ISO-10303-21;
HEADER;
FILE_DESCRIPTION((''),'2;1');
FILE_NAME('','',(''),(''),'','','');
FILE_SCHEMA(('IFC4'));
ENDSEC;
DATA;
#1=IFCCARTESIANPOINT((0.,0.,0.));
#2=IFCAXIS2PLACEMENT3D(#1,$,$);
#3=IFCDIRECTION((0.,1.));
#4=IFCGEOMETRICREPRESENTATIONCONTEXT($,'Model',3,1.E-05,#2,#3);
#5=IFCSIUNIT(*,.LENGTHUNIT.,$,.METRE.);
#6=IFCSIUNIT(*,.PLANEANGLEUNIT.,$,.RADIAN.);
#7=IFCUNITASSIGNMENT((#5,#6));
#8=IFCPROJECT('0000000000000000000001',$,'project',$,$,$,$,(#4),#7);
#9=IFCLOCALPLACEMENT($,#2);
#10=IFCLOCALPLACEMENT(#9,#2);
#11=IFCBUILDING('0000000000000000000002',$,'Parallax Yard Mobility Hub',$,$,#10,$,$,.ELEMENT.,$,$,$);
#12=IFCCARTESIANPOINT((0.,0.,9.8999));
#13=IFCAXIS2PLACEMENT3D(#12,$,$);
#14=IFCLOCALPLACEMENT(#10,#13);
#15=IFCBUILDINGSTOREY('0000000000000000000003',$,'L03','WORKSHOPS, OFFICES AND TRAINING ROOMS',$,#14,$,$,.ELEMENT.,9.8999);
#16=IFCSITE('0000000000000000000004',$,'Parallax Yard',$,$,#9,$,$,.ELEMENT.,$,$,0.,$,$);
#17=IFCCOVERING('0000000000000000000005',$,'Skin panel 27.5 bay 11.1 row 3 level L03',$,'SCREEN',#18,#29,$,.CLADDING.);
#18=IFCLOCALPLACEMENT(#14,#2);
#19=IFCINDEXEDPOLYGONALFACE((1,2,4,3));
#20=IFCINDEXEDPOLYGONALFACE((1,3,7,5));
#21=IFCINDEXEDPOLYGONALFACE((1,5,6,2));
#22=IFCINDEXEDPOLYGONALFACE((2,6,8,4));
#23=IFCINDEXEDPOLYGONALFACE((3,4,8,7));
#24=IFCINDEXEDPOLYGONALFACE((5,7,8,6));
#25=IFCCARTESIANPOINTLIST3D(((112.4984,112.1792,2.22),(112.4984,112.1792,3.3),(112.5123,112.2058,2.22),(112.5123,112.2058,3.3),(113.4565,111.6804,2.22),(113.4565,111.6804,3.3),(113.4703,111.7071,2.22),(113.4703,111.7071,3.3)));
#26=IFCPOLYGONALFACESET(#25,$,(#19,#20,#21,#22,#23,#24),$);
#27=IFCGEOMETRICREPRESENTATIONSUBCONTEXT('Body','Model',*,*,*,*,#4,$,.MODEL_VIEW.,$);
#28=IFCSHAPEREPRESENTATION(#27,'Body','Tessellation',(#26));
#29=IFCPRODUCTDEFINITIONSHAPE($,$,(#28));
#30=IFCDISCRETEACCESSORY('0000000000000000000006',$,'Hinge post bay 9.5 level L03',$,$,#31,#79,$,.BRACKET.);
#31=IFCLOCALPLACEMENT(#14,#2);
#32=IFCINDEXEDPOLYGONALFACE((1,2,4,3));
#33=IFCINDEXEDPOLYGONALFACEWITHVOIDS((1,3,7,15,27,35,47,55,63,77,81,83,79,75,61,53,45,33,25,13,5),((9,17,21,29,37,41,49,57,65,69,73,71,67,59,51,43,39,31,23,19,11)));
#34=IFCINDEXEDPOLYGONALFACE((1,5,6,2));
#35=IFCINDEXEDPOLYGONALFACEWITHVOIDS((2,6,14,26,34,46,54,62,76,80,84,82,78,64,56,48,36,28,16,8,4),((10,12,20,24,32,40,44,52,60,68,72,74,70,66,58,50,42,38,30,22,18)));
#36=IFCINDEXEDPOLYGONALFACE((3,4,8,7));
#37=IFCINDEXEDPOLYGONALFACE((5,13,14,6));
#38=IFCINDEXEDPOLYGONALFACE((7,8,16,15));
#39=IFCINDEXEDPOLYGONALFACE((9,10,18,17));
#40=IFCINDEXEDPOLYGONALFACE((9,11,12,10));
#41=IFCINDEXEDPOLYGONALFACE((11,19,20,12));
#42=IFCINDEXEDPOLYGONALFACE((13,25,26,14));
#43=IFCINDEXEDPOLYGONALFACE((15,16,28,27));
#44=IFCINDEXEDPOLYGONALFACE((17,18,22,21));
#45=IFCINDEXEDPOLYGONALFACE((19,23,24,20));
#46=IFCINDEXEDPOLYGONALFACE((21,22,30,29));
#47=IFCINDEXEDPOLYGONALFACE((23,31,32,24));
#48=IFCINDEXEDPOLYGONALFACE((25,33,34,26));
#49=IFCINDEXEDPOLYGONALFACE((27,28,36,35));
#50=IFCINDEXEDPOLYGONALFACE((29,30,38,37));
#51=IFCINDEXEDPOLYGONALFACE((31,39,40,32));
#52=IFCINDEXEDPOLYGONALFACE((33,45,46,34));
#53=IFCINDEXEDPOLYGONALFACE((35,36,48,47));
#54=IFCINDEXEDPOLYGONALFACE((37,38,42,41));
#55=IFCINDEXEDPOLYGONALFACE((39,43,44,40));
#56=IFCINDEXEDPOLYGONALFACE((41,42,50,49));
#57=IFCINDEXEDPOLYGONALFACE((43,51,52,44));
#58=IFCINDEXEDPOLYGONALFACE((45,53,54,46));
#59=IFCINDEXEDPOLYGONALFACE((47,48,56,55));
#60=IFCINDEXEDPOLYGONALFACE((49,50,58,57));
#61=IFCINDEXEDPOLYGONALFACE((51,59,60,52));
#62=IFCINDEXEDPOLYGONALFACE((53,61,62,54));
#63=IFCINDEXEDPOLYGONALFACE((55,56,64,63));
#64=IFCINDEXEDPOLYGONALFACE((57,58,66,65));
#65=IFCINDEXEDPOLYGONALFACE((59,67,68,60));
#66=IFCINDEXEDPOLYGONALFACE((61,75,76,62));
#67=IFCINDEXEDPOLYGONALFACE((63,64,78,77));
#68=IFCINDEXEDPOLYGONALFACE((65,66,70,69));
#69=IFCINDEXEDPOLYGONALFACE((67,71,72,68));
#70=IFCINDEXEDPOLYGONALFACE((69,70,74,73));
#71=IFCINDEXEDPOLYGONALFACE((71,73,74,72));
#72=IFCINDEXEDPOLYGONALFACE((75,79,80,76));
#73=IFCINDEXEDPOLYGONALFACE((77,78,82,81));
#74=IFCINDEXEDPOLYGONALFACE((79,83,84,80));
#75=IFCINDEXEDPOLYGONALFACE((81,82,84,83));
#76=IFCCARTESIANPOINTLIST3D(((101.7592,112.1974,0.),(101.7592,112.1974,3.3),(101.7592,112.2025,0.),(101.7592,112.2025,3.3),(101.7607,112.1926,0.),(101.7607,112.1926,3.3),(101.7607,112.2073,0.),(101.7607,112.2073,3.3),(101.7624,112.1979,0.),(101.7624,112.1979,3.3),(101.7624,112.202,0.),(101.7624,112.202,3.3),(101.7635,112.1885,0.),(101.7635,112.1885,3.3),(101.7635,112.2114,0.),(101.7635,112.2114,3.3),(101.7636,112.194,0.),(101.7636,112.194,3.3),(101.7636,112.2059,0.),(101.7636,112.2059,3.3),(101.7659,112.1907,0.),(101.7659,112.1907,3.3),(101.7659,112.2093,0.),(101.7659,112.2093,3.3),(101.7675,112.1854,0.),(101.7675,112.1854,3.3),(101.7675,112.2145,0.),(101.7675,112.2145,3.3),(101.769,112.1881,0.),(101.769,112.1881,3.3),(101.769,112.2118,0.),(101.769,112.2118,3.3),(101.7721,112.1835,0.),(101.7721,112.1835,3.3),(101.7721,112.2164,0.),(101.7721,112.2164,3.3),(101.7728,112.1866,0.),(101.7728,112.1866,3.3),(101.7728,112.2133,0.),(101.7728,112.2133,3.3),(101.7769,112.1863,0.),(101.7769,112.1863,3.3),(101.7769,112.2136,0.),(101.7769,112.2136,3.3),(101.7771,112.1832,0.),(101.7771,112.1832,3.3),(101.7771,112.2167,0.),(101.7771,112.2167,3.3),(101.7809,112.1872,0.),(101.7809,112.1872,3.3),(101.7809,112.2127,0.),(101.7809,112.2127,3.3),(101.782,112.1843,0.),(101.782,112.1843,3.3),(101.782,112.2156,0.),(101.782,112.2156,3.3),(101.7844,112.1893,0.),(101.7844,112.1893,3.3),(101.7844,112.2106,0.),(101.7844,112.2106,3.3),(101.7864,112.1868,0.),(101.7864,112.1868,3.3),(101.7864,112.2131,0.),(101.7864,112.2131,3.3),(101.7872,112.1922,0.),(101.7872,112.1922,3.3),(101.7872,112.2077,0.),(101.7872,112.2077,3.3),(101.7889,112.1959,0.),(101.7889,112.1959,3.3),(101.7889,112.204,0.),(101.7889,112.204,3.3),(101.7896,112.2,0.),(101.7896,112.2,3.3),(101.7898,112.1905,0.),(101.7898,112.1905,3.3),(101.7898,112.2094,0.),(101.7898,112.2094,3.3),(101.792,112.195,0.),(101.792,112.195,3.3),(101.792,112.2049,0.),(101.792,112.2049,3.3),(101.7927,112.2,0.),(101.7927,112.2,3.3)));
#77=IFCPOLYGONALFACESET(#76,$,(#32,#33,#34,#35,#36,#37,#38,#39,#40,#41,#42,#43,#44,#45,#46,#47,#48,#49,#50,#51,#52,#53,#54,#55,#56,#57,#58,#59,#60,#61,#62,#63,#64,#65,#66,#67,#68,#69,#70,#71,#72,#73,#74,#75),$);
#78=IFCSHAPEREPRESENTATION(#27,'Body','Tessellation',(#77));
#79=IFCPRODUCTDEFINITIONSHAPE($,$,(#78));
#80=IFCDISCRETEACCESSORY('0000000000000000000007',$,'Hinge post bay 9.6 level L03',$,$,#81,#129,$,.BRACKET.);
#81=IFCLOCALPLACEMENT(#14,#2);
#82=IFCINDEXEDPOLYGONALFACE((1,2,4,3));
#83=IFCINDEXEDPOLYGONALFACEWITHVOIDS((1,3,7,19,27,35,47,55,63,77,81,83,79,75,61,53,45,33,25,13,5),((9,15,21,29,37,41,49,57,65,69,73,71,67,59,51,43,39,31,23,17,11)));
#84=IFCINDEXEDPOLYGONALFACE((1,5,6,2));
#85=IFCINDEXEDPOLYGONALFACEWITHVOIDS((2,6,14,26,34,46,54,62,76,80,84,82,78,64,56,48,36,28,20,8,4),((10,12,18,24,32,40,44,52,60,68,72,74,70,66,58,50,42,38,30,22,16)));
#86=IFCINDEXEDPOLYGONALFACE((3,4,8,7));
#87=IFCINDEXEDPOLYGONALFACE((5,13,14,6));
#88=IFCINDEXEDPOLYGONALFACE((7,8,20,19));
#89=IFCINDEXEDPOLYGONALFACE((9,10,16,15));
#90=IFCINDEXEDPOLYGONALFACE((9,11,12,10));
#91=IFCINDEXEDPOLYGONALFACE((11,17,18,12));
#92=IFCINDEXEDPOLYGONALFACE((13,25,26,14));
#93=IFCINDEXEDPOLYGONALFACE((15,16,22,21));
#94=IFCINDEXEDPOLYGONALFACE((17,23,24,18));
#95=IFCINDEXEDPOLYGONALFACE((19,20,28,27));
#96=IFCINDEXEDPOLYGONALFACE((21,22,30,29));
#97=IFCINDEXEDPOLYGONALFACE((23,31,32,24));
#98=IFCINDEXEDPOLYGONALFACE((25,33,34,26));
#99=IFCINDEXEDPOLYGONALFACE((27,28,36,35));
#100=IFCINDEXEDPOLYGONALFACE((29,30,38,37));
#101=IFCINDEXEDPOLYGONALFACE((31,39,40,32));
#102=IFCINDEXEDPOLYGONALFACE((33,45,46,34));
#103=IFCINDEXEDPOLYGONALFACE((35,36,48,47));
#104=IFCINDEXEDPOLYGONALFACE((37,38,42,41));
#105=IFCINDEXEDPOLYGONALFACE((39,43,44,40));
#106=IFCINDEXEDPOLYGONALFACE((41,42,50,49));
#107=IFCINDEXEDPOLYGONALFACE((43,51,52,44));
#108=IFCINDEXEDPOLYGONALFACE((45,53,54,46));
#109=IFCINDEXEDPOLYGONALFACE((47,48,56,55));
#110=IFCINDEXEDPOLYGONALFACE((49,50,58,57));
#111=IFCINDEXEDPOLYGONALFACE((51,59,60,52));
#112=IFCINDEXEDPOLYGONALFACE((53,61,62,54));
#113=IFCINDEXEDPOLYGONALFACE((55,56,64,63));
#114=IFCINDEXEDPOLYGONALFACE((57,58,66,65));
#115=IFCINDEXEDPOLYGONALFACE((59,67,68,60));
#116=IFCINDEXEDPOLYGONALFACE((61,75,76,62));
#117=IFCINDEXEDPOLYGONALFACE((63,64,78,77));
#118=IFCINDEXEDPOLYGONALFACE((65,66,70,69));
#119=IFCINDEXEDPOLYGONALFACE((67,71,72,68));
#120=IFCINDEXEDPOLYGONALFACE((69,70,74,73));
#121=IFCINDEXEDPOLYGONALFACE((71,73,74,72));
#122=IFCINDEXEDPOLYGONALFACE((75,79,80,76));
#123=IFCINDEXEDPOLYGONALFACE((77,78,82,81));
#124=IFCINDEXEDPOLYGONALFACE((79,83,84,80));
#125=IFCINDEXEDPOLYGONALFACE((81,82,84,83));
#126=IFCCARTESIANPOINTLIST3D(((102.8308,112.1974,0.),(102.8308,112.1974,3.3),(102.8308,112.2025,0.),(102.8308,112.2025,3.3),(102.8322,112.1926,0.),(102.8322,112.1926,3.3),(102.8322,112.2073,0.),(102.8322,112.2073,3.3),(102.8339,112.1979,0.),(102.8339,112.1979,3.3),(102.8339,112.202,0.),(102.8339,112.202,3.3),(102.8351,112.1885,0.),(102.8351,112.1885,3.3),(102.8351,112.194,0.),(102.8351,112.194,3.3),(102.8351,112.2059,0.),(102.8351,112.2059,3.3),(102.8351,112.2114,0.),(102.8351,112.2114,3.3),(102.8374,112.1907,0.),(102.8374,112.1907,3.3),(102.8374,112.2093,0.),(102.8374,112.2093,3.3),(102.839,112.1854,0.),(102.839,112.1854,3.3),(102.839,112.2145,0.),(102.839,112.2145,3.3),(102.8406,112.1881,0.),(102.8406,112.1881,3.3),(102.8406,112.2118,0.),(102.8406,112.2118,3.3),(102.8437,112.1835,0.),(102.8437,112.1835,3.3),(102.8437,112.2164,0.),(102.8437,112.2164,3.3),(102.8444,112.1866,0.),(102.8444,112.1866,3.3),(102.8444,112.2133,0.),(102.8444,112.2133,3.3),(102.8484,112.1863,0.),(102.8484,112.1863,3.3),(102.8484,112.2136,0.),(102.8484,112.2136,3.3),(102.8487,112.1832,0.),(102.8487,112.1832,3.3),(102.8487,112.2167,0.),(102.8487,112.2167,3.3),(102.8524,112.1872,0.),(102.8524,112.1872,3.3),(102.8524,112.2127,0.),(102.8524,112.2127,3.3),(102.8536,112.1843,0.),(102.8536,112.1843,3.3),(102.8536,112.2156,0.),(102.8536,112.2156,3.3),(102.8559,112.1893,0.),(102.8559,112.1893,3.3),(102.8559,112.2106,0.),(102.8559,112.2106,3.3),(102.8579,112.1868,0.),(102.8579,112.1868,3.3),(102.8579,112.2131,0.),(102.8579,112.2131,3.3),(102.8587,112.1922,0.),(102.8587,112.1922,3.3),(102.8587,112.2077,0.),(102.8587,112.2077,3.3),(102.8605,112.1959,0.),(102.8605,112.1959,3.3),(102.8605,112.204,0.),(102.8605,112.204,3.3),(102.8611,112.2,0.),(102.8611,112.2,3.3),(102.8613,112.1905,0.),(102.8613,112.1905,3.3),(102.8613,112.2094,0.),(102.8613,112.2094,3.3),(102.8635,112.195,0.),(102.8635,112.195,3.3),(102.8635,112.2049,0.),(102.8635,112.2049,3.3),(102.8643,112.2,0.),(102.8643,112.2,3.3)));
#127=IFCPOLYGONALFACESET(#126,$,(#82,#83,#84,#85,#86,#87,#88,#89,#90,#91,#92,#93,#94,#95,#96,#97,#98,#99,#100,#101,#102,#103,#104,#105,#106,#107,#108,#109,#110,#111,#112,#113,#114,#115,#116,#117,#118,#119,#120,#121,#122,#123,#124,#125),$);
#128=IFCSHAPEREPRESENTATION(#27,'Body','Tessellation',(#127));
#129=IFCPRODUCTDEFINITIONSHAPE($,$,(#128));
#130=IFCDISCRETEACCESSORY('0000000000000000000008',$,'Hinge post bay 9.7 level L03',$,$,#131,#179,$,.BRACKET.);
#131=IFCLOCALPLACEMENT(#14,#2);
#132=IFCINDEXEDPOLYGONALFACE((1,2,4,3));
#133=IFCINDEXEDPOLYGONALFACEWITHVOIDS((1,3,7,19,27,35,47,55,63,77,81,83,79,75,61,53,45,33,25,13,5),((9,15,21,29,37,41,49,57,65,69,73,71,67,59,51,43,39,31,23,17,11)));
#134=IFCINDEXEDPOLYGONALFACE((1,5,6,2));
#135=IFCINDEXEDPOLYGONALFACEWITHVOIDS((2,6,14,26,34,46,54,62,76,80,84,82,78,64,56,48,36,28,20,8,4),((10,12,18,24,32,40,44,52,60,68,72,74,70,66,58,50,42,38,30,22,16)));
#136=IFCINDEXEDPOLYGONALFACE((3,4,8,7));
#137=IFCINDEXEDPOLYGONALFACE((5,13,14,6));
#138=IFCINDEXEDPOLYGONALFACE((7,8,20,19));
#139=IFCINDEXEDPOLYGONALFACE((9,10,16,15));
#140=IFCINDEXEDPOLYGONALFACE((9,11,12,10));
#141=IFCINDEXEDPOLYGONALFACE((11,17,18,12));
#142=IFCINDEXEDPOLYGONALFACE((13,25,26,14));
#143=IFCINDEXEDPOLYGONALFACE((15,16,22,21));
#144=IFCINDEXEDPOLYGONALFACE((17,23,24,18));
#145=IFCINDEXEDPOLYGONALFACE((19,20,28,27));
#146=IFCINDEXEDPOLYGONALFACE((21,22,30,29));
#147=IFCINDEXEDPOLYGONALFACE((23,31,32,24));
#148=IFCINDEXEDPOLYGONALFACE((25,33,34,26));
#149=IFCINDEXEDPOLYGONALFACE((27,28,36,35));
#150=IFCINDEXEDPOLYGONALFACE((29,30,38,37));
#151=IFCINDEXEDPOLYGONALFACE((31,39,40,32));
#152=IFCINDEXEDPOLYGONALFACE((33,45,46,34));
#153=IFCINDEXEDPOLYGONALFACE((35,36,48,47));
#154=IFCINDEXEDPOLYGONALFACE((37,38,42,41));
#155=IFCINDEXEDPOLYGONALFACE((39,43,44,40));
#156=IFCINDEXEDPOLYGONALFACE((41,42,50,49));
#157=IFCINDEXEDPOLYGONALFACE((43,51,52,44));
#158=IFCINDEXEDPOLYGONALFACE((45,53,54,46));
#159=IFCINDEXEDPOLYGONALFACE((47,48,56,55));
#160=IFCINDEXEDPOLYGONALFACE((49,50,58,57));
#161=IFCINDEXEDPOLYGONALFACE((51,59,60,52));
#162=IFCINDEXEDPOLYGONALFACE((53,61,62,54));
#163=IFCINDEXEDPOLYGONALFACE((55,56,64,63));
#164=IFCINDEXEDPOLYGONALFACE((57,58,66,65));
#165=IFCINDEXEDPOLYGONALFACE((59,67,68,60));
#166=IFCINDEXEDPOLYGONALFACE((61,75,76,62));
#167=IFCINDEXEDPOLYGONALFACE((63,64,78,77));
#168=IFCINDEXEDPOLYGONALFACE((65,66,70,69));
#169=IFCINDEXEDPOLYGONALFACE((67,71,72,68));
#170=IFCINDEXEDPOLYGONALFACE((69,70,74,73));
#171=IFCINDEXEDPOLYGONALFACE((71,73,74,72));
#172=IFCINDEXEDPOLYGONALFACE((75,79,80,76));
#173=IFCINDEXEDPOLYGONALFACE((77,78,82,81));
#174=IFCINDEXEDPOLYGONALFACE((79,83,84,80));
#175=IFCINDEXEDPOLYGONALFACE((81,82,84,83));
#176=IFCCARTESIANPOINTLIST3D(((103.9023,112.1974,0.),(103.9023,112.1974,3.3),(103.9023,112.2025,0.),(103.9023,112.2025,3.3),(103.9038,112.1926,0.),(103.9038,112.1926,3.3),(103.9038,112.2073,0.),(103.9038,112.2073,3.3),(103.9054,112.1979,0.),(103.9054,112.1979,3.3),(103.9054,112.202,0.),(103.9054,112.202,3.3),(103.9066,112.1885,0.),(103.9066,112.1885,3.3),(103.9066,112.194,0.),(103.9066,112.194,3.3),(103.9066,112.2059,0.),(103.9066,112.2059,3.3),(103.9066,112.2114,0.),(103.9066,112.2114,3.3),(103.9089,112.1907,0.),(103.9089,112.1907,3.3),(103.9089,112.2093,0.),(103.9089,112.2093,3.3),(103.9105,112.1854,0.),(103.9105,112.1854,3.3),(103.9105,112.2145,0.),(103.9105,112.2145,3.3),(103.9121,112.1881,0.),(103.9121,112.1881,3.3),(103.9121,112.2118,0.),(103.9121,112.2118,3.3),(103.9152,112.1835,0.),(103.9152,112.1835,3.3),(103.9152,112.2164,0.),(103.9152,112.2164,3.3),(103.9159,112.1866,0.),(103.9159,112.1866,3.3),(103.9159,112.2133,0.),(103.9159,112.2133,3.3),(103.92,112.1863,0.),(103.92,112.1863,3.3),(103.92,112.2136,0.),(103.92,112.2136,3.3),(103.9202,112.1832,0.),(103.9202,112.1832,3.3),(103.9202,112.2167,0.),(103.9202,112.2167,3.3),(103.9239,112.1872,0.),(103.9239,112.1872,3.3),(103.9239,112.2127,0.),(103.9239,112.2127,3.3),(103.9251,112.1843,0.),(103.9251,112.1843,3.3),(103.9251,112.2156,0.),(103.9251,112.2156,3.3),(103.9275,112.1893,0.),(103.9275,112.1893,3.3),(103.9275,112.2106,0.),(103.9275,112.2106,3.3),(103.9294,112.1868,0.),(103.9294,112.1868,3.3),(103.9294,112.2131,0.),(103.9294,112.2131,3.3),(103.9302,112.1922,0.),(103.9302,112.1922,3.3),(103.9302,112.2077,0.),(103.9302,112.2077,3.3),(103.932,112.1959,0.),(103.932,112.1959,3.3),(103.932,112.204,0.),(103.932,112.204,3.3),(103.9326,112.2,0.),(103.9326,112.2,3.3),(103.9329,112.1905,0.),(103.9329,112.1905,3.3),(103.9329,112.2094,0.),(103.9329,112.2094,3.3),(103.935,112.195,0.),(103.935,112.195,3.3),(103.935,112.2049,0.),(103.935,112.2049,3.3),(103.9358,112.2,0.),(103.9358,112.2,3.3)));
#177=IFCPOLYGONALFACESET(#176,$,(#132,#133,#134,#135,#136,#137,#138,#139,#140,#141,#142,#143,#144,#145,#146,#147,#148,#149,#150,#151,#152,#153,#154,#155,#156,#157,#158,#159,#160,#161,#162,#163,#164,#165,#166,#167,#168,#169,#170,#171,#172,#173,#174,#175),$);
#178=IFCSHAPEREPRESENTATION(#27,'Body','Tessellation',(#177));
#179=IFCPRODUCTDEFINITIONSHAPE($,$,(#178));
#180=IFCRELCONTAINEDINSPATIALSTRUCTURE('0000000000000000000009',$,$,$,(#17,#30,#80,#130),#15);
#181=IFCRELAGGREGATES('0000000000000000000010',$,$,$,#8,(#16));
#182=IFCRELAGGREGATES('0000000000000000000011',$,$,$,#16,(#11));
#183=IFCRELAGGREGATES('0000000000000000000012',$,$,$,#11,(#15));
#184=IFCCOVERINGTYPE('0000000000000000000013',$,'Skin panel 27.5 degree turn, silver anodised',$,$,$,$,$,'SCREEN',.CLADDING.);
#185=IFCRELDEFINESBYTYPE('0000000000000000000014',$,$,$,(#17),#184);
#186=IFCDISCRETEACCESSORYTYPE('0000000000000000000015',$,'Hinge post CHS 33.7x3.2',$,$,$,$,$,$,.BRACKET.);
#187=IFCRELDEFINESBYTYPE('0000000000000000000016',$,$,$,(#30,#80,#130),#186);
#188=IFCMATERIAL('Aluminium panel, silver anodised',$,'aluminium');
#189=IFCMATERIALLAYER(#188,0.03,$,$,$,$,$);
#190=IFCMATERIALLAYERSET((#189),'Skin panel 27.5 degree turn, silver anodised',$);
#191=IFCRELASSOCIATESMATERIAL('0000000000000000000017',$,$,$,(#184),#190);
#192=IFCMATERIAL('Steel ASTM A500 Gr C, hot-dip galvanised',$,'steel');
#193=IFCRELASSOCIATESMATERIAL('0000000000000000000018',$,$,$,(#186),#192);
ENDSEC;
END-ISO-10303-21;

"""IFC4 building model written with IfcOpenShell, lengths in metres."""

from ifc_helpers import new_model, si_unit, direction, frame, origin, origin_2d, place, context, subcontext, project, spatial, rectangle, hollow_circle, extrude, material, layer, layer_set, material_profile, profile_set, type_object, element, save


model = new_model("IFC4")

# Units and contexts
model_context = context("Model", 3, precision=1e-05, world=origin(), true_north=direction((0.0, 1.0)))
body_context = subcontext(model_context, "Body", "Model", "MODEL_VIEW")
ifc_project = project(units=[si_unit("LENGTHUNIT", "METRE"), si_unit("PLANEANGLEUNIT", "RADIAN")], contexts=[model_context])

# Site, building, storey
site_placement = place(None, origin())
site = spatial("IfcSite", under=ifc_project, at=site_placement, Name="Parallax Yard", CompositionType="ELEMENT", RefElevation=0.0)
building_placement = place(site_placement, origin())
building = spatial("IfcBuilding", under=site, at=building_placement, Name="Parallax Yard Mobility Hub", CompositionType="ELEMENT")
storey_placement = place(building_placement, frame((0.0, 0.0, 9.8999)))
storey = spatial("IfcBuildingStorey", under=building, at=storey_placement, Name="L03", Description="WORKSHOPS, OFFICES AND TRAINING ROOMS", CompositionType="ELEMENT", Elevation=9.8999)

# Covering
ifc_material_1 = material(Name="Aluminium panel, silver anodised", Category="aluminium")
ifc_layer_1 = layer(ifc_material_1, 0.03)
ifc_layer_set_1 = layer_set([ifc_layer_1], Name="Skin panel 27.5 degree turn, silver anodised")
covering_type_1 = type_object("IfcCoveringType", Name="Skin panel 27.5 degree turn, silver anodised", ElementType="SCREEN", PredefinedType="CLADDING", material=ifc_layer_set_1)
for number, where, z_axis, x_axis, name in (
    (1, (112.9844, 111.9431, 2.22), (0.0, 0.0, 1.0), (0.887011, -0.461749, 0.0), "Skin panel 27.5 bay 11.1 row 3 level L03"),
):
    element("IfcCovering", number, at=place(storey_placement, frame(where, z_axis=z_axis, x_axis=x_axis)), inside=storey, type_object=covering_type_1, Name=name, ObjectType="SCREEN", PredefinedType="CLADDING", context=body_context, shape_type="SweptSolid", body=[
        extrude(rectangle(XDim=1.0801, YDim=0.03, at=origin_2d()), origin(), (0.0, 0.0, 1.0), 1.0801),
    ])

# Discrete accessories
ifc_material_2 = material(Name="Steel ASTM A500 Gr C, hot-dip galvanised", Category="steel")
ifc_material_profile = material_profile(ifc_material_2, hollow_circle(Radius=0.0168, WallThickness=0.0032, at=origin_2d()), Name="CHS 33.7x3.2")
ifc_profile_set = profile_set([ifc_material_profile], Name="Steel ASTM A500 Gr C, hot-dip galvanised")
discrete_accessory_type = type_object("IfcDiscreteAccessoryType", Name="Hinge post CHS 33.7x3.2", PredefinedType="BRACKET", material=ifc_profile_set)
for number, where, z_axis, x_axis, name in (
    (2, (101.7759, 112.2, 0.0), (0.0, 0.0, 1.0), (1.0, 0.0, 0.0), "Hinge post bay 9.5 level L03"),
    (3, (102.8474, 112.2, 0.0), (0.0, 0.0, 1.0), (1.0, 0.0, 0.0), "Hinge post bay 9.6 level L03"),
    (4, (103.9189, 112.2, 0.0), (0.0, 0.0, 1.0), (1.0, 0.0, 0.0), "Hinge post bay 9.7 level L03"),
):
    element("IfcDiscreteAccessory", number, at=place(storey_placement, frame(where, z_axis=z_axis, x_axis=x_axis)), inside=storey, type_object=discrete_accessory_type, Name=name, PredefinedType="BRACKET", context=body_context, shape_type="SweptSolid", body=[
        extrude(hollow_circle(Radius=0.0168, WallThickness=0.0032, at=origin_2d()), origin(), (0.0, 0.0, 1.0), 3.3),
    ])

save(model, "model.ifc")
